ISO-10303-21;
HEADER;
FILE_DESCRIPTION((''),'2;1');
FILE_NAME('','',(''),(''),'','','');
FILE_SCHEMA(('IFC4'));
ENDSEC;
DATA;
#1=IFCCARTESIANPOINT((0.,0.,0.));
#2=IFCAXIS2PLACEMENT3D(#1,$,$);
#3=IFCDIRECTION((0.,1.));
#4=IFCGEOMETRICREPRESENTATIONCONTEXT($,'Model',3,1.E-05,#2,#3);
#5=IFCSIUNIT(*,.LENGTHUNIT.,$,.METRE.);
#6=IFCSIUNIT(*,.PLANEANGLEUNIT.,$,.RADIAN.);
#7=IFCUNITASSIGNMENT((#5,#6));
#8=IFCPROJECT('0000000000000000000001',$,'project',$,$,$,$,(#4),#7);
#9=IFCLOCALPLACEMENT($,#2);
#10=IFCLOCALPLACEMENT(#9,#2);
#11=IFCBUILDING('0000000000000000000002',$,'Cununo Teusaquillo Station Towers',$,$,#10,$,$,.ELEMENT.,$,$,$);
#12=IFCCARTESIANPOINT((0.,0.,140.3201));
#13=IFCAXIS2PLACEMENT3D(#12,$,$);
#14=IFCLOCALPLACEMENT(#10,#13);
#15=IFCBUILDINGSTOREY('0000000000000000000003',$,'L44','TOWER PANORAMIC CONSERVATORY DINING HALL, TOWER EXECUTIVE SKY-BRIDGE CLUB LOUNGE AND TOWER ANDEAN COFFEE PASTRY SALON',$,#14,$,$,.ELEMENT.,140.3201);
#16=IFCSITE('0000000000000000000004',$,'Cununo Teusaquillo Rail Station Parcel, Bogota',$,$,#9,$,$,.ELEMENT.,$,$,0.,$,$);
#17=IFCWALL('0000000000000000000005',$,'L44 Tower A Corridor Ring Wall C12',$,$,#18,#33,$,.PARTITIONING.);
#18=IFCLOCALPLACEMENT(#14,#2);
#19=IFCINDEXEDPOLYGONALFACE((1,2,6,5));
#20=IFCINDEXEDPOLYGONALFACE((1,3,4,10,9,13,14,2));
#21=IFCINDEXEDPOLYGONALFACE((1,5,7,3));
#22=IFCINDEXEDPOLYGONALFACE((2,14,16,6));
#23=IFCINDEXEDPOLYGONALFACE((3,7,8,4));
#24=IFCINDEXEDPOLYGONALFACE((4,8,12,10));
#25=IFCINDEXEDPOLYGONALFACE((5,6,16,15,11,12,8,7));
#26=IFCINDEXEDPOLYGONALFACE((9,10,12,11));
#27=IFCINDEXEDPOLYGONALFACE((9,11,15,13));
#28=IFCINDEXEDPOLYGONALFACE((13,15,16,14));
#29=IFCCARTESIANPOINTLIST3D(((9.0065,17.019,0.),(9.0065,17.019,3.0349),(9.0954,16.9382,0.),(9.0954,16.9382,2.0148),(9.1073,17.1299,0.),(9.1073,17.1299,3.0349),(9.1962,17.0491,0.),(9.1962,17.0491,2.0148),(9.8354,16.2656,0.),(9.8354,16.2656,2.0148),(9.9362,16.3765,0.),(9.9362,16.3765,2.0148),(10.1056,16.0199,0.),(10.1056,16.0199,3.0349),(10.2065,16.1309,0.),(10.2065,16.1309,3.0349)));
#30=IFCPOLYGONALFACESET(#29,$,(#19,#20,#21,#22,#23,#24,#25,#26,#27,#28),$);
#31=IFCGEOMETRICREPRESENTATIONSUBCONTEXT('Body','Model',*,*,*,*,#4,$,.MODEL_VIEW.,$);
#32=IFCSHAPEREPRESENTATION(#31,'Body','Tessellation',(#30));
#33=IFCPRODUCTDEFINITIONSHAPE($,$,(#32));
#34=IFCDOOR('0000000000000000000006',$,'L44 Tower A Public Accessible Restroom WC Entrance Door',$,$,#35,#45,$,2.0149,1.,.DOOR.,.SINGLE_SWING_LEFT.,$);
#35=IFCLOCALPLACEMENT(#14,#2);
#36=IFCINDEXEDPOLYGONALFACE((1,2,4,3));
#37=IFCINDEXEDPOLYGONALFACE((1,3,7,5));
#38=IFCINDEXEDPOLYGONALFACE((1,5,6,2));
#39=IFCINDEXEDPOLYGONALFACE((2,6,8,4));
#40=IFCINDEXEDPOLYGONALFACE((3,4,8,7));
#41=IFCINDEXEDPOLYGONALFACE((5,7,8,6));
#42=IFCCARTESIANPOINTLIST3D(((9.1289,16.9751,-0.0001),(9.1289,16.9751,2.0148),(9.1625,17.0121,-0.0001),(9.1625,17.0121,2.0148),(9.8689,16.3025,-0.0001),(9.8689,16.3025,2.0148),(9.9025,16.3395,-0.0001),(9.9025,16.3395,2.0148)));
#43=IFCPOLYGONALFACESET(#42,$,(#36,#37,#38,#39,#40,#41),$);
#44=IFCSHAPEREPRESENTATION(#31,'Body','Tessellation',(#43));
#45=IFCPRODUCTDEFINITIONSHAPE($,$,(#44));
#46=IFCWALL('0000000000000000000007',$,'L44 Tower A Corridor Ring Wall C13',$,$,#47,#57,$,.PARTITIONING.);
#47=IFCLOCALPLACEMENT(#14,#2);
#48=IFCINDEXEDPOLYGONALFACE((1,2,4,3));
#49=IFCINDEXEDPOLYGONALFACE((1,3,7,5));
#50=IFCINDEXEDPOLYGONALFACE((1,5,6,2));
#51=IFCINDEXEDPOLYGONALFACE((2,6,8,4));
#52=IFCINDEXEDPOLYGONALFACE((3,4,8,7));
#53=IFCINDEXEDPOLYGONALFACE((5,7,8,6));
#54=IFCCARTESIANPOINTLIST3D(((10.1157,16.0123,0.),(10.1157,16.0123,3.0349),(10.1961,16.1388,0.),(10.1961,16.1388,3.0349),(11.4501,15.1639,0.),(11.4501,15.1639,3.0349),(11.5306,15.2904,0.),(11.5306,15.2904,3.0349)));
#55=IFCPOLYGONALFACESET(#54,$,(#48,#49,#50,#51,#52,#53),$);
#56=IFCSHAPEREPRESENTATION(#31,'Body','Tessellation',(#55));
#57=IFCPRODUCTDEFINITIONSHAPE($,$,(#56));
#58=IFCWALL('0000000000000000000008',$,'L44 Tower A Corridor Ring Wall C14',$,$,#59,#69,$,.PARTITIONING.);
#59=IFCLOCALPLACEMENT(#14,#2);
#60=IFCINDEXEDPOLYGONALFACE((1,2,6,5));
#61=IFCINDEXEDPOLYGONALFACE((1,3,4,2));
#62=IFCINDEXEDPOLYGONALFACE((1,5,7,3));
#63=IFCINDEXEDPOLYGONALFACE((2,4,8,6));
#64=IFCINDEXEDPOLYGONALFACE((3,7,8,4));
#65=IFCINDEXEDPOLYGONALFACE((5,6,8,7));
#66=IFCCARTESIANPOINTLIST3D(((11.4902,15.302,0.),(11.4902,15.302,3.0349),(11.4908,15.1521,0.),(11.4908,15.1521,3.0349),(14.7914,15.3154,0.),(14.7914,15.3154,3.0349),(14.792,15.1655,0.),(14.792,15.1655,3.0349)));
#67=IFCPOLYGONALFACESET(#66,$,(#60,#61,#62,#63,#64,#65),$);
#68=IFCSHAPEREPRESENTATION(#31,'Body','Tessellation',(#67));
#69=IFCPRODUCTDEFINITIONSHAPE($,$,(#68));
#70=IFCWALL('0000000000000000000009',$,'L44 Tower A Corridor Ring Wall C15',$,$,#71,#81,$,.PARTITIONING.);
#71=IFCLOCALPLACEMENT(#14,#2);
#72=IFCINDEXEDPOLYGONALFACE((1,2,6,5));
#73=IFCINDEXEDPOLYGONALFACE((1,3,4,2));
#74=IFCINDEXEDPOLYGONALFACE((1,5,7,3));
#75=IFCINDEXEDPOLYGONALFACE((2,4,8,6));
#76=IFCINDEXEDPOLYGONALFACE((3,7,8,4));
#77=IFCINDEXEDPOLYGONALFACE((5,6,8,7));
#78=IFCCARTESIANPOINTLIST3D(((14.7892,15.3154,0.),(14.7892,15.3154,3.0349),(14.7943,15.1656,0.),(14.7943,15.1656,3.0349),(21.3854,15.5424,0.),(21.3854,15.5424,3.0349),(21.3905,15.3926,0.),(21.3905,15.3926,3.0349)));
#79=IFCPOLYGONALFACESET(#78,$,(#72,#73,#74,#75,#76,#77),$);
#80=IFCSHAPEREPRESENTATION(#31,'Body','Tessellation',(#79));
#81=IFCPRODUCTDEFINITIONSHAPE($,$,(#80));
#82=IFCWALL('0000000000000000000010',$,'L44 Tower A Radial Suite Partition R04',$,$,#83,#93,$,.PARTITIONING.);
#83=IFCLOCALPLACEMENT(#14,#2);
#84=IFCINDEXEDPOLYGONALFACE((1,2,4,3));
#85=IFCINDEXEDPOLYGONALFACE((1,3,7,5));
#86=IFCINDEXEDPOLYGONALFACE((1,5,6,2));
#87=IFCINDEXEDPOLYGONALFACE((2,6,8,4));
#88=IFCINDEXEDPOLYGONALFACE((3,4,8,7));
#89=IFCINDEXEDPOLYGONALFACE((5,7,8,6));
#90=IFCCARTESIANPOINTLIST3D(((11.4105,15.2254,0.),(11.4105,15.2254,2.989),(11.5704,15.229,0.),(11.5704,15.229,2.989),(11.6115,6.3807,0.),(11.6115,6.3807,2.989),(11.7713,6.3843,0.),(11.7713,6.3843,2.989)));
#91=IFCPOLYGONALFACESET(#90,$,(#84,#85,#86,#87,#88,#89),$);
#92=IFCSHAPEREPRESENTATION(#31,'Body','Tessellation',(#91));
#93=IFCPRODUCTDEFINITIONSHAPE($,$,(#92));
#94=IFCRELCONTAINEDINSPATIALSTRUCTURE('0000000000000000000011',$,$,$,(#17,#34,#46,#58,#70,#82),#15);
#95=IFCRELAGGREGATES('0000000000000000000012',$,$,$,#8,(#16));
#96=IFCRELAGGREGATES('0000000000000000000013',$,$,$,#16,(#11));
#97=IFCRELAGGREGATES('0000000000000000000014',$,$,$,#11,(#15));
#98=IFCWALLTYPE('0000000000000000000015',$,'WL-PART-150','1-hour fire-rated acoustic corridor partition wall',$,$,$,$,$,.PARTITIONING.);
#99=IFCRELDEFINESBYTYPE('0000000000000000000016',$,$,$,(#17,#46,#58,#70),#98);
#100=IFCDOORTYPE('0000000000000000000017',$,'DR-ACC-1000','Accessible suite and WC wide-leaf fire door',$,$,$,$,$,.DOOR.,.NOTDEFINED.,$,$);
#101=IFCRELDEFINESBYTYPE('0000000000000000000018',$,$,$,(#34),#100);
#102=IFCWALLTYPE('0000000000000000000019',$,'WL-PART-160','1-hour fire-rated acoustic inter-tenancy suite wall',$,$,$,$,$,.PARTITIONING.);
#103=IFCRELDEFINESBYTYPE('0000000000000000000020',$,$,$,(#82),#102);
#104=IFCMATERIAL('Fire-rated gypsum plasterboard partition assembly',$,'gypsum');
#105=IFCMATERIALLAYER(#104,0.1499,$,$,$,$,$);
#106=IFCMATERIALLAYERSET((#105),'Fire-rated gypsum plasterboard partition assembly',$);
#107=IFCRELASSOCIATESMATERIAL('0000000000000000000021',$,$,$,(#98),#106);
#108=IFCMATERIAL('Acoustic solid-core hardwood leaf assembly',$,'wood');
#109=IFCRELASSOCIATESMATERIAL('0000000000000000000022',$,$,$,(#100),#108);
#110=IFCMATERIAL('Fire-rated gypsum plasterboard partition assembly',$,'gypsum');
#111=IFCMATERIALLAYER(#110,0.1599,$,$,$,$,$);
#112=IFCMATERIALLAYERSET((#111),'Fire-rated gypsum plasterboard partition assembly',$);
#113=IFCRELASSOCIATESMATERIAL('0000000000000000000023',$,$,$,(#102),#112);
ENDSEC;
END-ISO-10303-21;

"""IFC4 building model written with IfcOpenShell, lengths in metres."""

from ifc_helpers import new_model, si_unit, direction, frame, frame_2d, origin, place, context, subcontext, project, spatial, rectangle, extrude, source, transform, mapped, material, layer, layer_set, type_object, element, fill, save


model = new_model("IFC4")

# Units and contexts
model_context = context("Model", 3, precision=1e-05, world=origin(), true_north=direction((0.0, 1.0)))
body_context = subcontext(model_context, "Body", "Model", "MODEL_VIEW")
ifc_project = project(units=[si_unit("LENGTHUNIT", "METRE"), si_unit("PLANEANGLEUNIT", "RADIAN")], contexts=[model_context])

# Site, building, storey
site_placement = place(None, origin())
site = spatial("IfcSite", under=ifc_project, at=site_placement, Name="Cununo Teusaquillo Rail Station Parcel, Bogota", CompositionType="ELEMENT", RefElevation=0.0)
building_placement = place(site_placement, origin())
building = spatial("IfcBuilding", under=site, at=building_placement, Name="Cununo Teusaquillo Station Towers", CompositionType="ELEMENT")
storey_placement = place(building_placement, frame((0.0, 0.0, 140.3201)))
storey = spatial("IfcBuildingStorey", under=building, at=storey_placement, Name="L44", Description="TOWER PANORAMIC CONSERVATORY DINING HALL, TOWER EXECUTIVE SKY-BRIDGE CLUB LOUNGE AND TOWER ANDEAN COFFEE PASTRY SALON", CompositionType="ELEMENT", Elevation=140.3201)

# Wall, opening, door
ifc_material_1 = material(Name="Fire-rated gypsum plasterboard partition assembly", Category="gypsum")
ifc_layer_1 = layer(ifc_material_1, 0.1499)
ifc_layer_set_1 = layer_set([ifc_layer_1], Name="Fire-rated gypsum plasterboard partition assembly")
wall_type_1 = type_object("IfcWallType", Name="WL-PART-150", Description="1-hour fire-rated acoustic corridor partition wall", PredefinedType="PARTITIONING", material=ifc_layer_set_1)
wall_1_placement = place(storey_placement, frame((9.0569, 17.0745, 0.0), z_axis=(0.0, 0.0, 1.0), x_axis=(0.74, -0.672607, 0.0)))
wall_1 = element("IfcWall", 1, at=wall_1_placement, inside=storey, type_object=wall_type_1, Name="L44 Tower A Corridor Ring Wall C12", PredefinedType="PARTITIONING", context=body_context, shape_type="SweptSolid", body=[
    extrude(rectangle(XDim=1.4854, YDim=0.1499, at=frame_2d((0.7427, 0.0))), origin(), (0.0, 0.0, 1.0), 3.0349),
])
shared_shape_1 = source(origin(), body_context, "Body", "SweptSolid", [
    extrude(rectangle(XDim=1.0, YDim=2.0149, at=frame_2d((0.5, 1.0073))), frame((0.0, 0.085, 0.0), z_axis=(0.0, -1.0, 0.0), x_axis=(1.0, 0.0, 0.0)), (0.0, 0.0, 1.0), 0.1699),
])
opening_1_placement = place(wall_1_placement, frame((0.1201, 0.0, 0.0)))
opening_1 = element("IfcOpeningElement", 2, at=opening_1_placement, cuts=wall_1, PredefinedType="OPENING", context=body_context, shape_type="MappedRepresentation", body=[
    mapped(shared_shape_1, transform((0.0, 0.0, 0.0), x_axis=(1.0, 0.0, 0.0), y_axis=(0.0, 1.0, 0.0), z_axis=(0.0, 0.0, 1.0), scale=1.0)),
])
ifc_material_2 = material(Name="Acoustic solid-core hardwood leaf assembly", Category="wood")
door_type = type_object("IfcDoorType", Name="DR-ACC-1000", Description="Accessible suite and WC wide-leaf fire door", OperationType="NOTDEFINED", PredefinedType="DOOR", material=ifc_material_2)
shared_shape_2 = source(origin(), body_context, "Body", "SweptSolid", [
    extrude(rectangle(XDim=1.0, YDim=2.0149, at=frame_2d((0.5, 1.0073))), frame((0.0, 0.0249, 0.0), z_axis=(0.0, -1.0, 0.0), x_axis=(1.0, 0.0, 0.0)), (0.0, 0.0, 1.0), 0.05),
])
door_placement = place(opening_1_placement, origin())
door = element("IfcDoor", 3, at=door_placement, inside=storey, type_object=door_type, Name="L44 Tower A Public Accessible Restroom WC Entrance Door", OperationType="SINGLE_SWING_LEFT", OverallHeight=2.0149, OverallWidth=1.0, PredefinedType="DOOR", context=body_context, shape_type="MappedRepresentation", body=[
    mapped(shared_shape_2, transform((0.0, 0.0, 0.0), x_axis=(1.0, 0.0, 0.0), y_axis=(0.0, 1.0, 0.0), z_axis=(0.0, 0.0, 1.0), scale=1.0)),
])
fill(opening_1, door)

# Walls
wall_2_placement = place(storey_placement, frame((10.156, 16.0754, 0.0), z_axis=(0.0, 0.0, 1.0), x_axis=(0.843897, -0.536506, 0.0)))
element("IfcWall", 4, at=wall_2_placement, inside=storey, type_object=wall_type_1, Name="L44 Tower A Corridor Ring Wall C13", PredefinedType="PARTITIONING", context=body_context, shape_type="SweptSolid", body=[
    extrude(rectangle(XDim=1.5813, YDim=0.1499, at=frame_2d((0.7905, 0.0))), origin(), (0.0, 0.0, 1.0), 3.0349),
])
wall_3_placement = place(storey_placement, frame((11.4905, 15.2271, 0.0), z_axis=(0.0, 0.0, 1.0), x_axis=(0.999992, 0.004067, 0.0)))
element("IfcWall", 5, at=wall_3_placement, inside=storey, type_object=wall_type_1, Name="L44 Tower A Corridor Ring Wall C14", PredefinedType="PARTITIONING", context=body_context, shape_type="SweptSolid", body=[
    extrude(rectangle(XDim=3.3013, YDim=0.1499, at=frame_2d((1.6506, 0.0))), origin(), (0.0, 0.0, 1.0), 3.0349),
])
wall_4_placement = place(storey_placement, frame((14.7917, 15.2405, 0.0), z_axis=(0.0, 0.0, 1.0), x_axis=(0.999408, 0.034401, 0.0)))
element("IfcWall", 6, at=wall_4_placement, inside=storey, type_object=wall_type_1, Name="L44 Tower A Corridor Ring Wall C15", PredefinedType="PARTITIONING", context=body_context, shape_type="SweptSolid", body=[
    extrude(rectangle(XDim=6.6001, YDim=0.1499, at=frame_2d((3.3, 0.0))), origin(), (0.0, 0.0, 1.0), 3.0349),
])
ifc_material_3 = material(Name="Fire-rated gypsum plasterboard partition assembly", Category="gypsum")
ifc_layer_2 = layer(ifc_material_3, 0.1599)
ifc_layer_set_2 = layer_set([ifc_layer_2], Name="Fire-rated gypsum plasterboard partition assembly")
wall_type_2 = type_object("IfcWallType", Name="WL-PART-160", Description="1-hour fire-rated acoustic inter-tenancy suite wall", PredefinedType="PARTITIONING", material=ifc_layer_set_2)
wall_5_placement = place(storey_placement, frame((11.4905, 15.2271, 0.0), z_axis=(0.0, 0.0, 1.0), x_axis=(0.022711, -0.999742, 0.0)))
element("IfcWall", 7, at=wall_5_placement, inside=storey, type_object=wall_type_2, Name="L44 Tower A Radial Suite Partition R04", PredefinedType="PARTITIONING", context=body_context, shape_type="SweptSolid", body=[
    extrude(rectangle(XDim=8.8469, YDim=0.1599, at=frame_2d((4.4233, 0.0))), origin(), (0.0, 0.0, 1.0), 2.989),
])

save(model, "model.ifc")
